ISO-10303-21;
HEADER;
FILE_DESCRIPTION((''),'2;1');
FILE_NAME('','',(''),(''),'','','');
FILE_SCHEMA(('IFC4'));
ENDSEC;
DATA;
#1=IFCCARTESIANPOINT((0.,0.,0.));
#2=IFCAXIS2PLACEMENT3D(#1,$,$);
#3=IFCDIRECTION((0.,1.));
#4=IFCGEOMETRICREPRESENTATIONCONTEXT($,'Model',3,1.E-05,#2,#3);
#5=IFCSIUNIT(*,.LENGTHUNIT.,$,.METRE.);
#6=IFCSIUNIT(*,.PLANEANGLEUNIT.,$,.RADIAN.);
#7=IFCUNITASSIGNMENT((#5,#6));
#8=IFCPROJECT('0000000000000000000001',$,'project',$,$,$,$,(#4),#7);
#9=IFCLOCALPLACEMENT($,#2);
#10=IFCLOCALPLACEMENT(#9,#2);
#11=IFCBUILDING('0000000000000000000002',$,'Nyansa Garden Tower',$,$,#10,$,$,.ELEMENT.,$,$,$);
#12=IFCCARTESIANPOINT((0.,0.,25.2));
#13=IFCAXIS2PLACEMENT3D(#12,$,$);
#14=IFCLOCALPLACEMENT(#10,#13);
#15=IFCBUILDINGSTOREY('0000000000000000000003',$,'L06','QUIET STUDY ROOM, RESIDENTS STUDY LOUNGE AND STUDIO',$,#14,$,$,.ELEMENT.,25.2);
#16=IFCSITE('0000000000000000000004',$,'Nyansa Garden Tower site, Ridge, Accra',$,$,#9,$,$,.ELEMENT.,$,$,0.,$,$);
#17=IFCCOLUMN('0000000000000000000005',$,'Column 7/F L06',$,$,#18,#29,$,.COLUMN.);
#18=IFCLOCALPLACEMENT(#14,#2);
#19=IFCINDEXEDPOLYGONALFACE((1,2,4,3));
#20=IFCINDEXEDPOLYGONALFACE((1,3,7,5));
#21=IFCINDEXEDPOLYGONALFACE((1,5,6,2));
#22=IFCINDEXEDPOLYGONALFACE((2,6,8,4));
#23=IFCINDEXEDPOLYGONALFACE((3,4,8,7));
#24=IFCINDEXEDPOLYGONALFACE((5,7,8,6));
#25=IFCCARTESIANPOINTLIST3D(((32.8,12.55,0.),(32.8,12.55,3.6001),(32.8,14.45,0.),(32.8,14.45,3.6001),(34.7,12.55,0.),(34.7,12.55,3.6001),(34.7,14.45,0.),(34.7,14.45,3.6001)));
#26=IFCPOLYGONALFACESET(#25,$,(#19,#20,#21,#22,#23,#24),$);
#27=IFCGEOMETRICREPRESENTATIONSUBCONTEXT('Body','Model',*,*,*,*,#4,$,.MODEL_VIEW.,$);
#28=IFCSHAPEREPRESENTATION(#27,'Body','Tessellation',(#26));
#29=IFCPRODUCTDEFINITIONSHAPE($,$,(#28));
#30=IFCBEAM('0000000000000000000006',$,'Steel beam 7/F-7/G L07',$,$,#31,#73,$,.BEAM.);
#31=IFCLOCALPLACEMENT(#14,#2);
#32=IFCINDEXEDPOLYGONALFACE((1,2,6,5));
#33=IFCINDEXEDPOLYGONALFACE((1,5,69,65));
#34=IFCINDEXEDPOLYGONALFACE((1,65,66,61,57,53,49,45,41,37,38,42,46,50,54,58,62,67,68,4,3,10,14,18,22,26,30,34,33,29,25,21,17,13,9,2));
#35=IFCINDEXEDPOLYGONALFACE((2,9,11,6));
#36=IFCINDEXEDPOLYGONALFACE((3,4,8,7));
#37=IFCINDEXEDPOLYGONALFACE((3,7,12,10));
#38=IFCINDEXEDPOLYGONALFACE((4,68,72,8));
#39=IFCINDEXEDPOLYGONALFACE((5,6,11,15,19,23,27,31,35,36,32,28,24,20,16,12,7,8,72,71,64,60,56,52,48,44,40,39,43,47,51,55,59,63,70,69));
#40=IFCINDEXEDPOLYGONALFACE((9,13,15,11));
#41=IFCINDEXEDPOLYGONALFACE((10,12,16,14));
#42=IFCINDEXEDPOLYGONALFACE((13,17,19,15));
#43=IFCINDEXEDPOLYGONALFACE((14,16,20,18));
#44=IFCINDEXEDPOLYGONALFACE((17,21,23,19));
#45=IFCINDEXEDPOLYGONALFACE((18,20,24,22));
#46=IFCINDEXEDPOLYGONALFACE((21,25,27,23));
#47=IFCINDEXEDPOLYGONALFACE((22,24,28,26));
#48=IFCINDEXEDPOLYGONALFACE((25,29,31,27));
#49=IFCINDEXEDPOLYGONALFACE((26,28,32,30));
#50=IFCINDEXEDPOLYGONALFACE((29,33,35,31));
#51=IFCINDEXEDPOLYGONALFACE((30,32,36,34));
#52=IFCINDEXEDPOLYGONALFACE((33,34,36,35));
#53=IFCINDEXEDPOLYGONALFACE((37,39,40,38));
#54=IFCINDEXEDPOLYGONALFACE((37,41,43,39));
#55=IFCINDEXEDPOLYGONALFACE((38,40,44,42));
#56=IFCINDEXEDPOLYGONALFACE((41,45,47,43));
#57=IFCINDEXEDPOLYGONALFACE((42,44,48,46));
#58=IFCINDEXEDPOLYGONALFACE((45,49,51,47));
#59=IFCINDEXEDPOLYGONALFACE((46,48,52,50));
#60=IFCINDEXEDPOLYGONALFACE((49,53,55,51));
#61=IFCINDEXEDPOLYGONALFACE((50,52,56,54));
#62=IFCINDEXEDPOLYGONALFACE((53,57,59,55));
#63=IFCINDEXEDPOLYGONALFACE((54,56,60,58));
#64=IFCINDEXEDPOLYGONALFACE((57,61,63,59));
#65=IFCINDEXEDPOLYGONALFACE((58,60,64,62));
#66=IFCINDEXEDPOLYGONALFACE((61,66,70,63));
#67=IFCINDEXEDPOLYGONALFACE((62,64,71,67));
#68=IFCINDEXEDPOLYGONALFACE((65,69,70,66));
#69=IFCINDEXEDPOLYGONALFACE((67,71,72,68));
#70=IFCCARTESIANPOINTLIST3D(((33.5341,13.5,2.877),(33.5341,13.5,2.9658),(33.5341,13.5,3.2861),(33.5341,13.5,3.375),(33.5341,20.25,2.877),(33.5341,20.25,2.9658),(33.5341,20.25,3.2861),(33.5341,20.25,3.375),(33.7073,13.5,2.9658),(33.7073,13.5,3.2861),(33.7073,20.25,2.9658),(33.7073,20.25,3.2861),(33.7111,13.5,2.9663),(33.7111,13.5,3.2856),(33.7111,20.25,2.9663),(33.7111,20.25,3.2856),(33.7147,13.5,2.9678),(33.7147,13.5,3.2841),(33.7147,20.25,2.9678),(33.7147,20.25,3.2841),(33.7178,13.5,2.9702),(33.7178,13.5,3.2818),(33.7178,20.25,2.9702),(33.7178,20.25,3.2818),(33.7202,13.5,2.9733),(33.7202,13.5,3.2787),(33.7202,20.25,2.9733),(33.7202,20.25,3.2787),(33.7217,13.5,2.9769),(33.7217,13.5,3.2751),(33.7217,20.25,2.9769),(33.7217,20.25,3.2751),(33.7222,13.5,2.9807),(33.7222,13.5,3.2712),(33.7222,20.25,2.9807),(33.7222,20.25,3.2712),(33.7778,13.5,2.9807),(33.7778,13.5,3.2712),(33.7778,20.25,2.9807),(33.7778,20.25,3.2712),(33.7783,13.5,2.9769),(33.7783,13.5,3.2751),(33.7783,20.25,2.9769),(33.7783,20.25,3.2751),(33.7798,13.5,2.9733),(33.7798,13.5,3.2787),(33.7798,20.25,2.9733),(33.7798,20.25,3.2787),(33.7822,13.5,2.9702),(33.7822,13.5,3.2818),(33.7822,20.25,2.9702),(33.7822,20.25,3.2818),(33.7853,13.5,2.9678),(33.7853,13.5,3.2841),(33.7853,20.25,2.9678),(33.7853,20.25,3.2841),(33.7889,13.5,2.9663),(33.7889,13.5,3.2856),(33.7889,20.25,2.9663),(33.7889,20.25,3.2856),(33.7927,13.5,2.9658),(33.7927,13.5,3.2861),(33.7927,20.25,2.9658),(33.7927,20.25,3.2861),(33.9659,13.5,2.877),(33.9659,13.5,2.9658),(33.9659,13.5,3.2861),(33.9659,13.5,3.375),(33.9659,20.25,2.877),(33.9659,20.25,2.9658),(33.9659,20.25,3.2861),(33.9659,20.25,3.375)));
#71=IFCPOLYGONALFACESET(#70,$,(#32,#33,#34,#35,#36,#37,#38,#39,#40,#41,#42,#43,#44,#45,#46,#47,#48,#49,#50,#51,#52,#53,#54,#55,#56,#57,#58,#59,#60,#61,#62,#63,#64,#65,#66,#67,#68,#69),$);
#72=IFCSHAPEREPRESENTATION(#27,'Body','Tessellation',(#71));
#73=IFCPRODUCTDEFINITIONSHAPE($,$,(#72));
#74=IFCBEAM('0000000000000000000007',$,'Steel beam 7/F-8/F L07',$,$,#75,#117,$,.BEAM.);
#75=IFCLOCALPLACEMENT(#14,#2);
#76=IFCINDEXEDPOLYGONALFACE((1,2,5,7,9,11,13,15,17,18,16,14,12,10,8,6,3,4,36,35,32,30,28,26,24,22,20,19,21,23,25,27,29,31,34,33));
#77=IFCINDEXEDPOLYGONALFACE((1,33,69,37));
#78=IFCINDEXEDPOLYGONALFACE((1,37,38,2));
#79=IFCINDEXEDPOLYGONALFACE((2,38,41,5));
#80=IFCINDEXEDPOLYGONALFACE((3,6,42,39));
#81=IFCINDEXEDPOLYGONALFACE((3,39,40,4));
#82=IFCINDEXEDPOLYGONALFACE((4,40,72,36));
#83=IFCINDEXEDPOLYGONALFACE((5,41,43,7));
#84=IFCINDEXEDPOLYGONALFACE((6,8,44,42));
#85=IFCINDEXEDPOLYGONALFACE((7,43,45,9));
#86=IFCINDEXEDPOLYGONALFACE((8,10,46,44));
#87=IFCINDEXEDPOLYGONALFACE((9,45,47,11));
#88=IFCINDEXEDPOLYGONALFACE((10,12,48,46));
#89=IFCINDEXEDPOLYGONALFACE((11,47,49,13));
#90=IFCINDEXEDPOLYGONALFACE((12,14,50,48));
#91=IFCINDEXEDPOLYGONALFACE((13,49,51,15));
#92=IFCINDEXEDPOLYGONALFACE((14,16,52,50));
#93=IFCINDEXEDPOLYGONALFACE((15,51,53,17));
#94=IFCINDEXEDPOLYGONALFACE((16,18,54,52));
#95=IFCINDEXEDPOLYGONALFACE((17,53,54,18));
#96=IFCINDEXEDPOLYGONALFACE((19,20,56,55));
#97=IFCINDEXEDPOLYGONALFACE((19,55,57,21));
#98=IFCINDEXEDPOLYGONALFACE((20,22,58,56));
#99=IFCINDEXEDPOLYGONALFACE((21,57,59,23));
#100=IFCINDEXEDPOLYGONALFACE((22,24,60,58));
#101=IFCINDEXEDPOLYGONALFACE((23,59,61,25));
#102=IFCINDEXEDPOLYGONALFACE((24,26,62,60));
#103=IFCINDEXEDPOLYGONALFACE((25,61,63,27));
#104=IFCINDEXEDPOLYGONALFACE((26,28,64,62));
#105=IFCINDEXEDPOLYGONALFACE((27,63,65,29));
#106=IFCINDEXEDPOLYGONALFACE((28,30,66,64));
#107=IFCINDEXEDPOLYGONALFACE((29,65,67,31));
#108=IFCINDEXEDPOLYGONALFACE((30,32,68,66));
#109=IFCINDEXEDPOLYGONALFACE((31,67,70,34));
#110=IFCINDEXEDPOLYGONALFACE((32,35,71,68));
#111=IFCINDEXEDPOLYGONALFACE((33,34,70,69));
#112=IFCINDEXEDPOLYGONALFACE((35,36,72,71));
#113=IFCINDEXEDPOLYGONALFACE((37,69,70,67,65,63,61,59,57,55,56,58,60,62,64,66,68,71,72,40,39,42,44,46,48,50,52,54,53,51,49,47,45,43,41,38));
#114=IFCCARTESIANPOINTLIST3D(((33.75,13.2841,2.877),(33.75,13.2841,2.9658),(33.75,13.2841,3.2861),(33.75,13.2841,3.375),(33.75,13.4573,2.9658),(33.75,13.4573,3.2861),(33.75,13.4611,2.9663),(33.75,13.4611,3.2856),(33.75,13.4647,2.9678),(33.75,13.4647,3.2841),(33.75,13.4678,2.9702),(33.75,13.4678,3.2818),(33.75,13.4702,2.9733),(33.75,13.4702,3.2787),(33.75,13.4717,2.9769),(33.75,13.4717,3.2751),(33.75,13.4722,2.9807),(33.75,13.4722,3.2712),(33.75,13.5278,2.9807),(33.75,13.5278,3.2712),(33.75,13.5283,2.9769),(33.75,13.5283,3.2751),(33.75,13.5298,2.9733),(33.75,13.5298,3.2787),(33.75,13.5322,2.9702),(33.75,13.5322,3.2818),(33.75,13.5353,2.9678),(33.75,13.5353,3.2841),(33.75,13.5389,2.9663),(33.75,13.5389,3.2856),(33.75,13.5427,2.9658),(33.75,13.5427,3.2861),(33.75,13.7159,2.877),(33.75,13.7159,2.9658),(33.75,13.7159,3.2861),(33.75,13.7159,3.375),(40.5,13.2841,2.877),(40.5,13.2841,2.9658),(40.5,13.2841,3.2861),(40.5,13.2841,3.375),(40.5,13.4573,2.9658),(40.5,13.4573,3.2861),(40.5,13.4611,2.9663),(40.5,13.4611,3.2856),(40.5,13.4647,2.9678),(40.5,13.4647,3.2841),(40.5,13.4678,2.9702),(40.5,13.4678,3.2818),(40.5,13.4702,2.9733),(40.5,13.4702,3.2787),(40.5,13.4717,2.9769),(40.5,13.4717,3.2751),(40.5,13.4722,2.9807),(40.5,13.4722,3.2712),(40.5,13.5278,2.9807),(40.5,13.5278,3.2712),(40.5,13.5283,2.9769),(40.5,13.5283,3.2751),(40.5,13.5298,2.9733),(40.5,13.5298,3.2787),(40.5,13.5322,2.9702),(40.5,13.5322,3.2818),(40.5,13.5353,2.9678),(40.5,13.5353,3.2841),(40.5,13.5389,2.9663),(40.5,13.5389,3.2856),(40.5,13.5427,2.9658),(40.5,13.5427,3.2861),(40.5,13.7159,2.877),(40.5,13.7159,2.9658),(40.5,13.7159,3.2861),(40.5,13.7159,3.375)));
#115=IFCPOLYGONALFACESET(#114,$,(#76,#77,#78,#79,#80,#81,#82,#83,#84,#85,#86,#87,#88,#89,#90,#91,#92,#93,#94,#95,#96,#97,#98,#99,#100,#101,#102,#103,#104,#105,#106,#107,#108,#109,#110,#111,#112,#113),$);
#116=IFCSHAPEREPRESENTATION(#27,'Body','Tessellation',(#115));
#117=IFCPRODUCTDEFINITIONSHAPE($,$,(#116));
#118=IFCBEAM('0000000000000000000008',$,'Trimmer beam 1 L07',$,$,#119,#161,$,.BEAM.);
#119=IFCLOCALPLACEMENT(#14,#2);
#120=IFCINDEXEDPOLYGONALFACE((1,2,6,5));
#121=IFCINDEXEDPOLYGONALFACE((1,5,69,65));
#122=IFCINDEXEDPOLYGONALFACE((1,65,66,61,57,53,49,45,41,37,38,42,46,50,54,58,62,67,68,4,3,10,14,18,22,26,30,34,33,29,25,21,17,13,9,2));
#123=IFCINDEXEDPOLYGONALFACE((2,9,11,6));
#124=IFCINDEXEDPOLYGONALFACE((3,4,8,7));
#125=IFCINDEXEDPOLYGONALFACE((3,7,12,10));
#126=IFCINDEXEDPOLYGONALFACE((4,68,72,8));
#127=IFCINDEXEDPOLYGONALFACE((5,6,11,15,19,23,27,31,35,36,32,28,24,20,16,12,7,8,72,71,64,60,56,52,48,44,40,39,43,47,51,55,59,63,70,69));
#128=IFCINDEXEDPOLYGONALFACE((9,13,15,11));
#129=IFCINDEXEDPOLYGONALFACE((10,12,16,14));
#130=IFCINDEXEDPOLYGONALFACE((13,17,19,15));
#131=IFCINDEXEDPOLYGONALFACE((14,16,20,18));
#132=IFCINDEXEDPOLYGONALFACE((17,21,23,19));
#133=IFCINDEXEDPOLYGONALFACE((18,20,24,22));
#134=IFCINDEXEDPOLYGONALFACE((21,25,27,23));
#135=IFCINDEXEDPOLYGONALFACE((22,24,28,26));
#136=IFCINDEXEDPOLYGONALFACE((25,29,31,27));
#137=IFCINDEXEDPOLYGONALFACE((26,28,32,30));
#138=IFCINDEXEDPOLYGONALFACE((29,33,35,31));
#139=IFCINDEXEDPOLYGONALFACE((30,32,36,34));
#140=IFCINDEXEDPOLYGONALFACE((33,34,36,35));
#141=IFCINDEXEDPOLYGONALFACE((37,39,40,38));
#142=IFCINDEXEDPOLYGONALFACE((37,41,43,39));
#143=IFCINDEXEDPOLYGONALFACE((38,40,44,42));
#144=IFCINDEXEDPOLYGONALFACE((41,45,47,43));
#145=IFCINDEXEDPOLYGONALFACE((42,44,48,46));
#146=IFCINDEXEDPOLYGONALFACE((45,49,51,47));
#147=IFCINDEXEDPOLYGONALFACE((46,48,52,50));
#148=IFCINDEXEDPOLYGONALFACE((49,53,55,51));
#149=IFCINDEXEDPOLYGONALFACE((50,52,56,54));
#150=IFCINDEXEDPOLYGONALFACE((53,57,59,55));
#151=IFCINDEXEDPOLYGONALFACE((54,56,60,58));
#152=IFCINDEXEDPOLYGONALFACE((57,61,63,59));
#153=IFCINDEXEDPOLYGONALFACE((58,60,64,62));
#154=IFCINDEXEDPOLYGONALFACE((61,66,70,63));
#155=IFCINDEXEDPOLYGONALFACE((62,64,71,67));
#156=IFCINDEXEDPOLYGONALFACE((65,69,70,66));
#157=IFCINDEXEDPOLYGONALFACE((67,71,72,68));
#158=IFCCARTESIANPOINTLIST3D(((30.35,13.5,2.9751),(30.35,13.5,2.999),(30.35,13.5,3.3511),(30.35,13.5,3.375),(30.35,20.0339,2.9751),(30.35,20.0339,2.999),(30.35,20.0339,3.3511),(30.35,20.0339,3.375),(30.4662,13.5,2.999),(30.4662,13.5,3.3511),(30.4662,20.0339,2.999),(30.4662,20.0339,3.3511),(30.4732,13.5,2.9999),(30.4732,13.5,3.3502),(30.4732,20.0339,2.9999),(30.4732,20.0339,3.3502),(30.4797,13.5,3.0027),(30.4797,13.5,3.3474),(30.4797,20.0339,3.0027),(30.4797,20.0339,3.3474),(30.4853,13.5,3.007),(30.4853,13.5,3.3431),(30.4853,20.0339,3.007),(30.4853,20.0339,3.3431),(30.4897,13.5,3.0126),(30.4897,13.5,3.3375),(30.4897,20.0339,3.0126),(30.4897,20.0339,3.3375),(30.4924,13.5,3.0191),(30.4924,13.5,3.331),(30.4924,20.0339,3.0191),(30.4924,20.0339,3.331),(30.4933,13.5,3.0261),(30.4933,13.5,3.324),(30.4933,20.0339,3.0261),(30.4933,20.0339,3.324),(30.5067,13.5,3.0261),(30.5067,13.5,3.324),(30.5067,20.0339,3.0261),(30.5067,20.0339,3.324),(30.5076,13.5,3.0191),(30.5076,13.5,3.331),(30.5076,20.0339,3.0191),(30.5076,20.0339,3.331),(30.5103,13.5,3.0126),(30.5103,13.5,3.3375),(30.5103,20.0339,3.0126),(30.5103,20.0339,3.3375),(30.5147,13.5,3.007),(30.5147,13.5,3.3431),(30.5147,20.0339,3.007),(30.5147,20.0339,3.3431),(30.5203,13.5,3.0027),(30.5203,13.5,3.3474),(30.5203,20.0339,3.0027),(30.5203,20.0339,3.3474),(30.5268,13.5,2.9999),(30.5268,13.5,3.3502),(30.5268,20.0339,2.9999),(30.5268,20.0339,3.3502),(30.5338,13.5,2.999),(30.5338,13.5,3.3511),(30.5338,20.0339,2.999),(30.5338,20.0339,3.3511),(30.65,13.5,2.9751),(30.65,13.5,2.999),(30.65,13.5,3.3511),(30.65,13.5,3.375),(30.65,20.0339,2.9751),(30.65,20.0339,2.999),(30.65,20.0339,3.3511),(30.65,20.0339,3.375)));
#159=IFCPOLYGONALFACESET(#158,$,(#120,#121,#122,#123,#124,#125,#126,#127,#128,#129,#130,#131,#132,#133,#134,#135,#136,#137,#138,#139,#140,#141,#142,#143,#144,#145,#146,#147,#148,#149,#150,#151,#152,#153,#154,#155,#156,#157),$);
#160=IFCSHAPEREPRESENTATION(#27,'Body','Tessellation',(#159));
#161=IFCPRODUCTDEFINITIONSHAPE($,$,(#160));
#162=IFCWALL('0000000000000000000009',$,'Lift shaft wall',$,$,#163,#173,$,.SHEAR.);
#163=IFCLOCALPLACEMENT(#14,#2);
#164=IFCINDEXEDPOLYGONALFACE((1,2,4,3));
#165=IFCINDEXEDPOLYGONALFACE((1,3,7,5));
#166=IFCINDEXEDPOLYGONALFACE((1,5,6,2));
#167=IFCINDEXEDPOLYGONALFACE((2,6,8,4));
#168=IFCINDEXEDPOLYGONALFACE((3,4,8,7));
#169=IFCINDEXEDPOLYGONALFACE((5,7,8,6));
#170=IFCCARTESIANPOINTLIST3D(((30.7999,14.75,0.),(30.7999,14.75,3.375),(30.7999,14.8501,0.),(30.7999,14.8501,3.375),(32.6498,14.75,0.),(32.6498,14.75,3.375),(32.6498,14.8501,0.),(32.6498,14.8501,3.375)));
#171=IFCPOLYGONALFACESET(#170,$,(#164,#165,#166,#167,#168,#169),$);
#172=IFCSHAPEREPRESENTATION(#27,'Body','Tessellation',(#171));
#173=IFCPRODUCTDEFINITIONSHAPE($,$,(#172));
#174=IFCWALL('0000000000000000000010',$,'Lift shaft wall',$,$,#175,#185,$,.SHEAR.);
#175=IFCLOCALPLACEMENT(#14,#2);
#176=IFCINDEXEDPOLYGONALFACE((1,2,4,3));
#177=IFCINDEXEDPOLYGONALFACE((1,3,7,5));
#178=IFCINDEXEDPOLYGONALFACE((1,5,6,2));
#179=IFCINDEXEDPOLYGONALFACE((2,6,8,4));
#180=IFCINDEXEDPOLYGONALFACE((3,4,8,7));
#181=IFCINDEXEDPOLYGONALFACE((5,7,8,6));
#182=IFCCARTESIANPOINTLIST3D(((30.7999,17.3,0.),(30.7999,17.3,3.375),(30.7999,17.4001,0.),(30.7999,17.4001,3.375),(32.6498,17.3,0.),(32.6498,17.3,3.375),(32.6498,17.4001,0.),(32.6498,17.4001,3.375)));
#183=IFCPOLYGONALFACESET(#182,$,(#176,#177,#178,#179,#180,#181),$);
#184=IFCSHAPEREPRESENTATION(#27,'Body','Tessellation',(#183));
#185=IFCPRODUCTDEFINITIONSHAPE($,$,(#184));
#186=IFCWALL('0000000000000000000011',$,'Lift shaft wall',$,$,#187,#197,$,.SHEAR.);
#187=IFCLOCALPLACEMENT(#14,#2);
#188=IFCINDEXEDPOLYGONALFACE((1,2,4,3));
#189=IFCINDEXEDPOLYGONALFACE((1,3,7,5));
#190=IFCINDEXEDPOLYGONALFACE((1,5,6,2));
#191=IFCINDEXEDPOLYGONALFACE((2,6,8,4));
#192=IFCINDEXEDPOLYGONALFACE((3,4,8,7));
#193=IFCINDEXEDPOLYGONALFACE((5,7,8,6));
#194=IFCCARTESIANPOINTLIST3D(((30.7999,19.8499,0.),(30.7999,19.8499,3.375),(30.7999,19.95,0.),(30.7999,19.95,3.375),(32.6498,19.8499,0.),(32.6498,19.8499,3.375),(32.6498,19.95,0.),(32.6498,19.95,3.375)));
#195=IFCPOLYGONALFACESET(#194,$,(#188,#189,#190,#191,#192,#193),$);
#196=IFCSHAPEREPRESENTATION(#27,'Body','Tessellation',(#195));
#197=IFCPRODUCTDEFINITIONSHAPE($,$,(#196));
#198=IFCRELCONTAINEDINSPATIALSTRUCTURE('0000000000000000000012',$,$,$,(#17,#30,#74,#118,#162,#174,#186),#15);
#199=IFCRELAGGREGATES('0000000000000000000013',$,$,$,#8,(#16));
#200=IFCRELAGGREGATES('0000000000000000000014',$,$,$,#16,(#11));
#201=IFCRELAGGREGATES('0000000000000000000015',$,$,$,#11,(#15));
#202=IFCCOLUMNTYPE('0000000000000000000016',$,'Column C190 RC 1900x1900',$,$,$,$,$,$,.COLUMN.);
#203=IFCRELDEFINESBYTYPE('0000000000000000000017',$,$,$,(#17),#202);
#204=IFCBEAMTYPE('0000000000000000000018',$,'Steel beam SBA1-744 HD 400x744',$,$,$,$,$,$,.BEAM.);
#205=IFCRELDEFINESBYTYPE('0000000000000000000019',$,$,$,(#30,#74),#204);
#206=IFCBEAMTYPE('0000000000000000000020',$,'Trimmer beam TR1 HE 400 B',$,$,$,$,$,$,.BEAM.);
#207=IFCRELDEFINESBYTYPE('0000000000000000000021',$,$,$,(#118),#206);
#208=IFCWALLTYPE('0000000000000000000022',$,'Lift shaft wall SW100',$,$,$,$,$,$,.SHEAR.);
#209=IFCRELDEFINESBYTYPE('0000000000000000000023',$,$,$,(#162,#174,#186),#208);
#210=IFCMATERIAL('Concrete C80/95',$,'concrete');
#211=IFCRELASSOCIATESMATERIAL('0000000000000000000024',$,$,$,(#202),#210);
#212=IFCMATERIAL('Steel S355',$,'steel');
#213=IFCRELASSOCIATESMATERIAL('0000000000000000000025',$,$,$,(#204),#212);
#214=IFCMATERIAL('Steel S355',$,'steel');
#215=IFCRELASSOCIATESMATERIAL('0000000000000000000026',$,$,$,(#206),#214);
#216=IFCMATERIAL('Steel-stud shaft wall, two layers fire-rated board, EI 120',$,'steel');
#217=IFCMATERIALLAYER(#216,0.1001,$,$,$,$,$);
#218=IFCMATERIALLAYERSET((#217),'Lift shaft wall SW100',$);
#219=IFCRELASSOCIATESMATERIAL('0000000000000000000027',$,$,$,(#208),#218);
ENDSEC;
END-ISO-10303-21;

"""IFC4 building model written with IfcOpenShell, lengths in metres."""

from ifc_helpers import new_model, si_unit, direction, frame, frame_2d, origin, origin_2d, place, context, subcontext, project, spatial, rectangle, i_section, extrude, material, layer, layer_set, material_profile, profile_set, type_object, element, save


model = new_model("IFC4")

# Units and contexts
model_context = context("Model", 3, precision=1e-05, world=origin(), true_north=direction((0.0, 1.0)))
body_context = subcontext(model_context, "Body", "Model", "MODEL_VIEW")
ifc_project = project(units=[si_unit("LENGTHUNIT", "METRE"), si_unit("PLANEANGLEUNIT", "RADIAN")], contexts=[model_context])

# Site, building, storey
site_placement = place(None, origin())
site = spatial("IfcSite", under=ifc_project, at=site_placement, Name="Nyansa Garden Tower site, Ridge, Accra", CompositionType="ELEMENT", RefElevation=0.0)
building_placement = place(site_placement, origin())
building = spatial("IfcBuilding", under=site, at=building_placement, Name="Nyansa Garden Tower", CompositionType="ELEMENT")
storey_placement = place(building_placement, frame((0.0, 0.0, 25.2)))
storey = spatial("IfcBuildingStorey", under=building, at=storey_placement, Name="L06", Description="QUIET STUDY ROOM, RESIDENTS STUDY LOUNGE AND STUDIO", CompositionType="ELEMENT", Elevation=25.2)

# Column
ifc_material_1 = material(Name="Concrete C80/95", Category="concrete")
ifc_material_profile_1 = material_profile(ifc_material_1, rectangle(XDim=1.8999, YDim=1.8999, at=origin_2d()), Name="RC 1900x1900")
ifc_profile_set_1 = profile_set([ifc_material_profile_1], Name="Concrete C80/95")
column_type = type_object("IfcColumnType", Name="Column C190 RC 1900x1900", PredefinedType="COLUMN", material=ifc_profile_set_1)
column_placement = place(storey_placement, frame((33.75, 13.5, 0.0), z_axis=(0.0, 0.0, 1.0), x_axis=(1.0, 0.0, 0.0)))
element("IfcColumn", 1, at=column_placement, inside=storey, type_object=column_type, Name="Column 7/F L06", PredefinedType="COLUMN", context=body_context, shape_type="SweptSolid", body=[
    extrude(rectangle(XDim=1.8999, YDim=1.8999, at=origin_2d()), origin(), (0.0, 0.0, 1.0), 3.6001),
])

# Beams
ifc_material_2 = material(Name="Steel S355", Category="steel")
ifc_material_profile_2 = material_profile(ifc_material_2, i_section(OverallWidth=0.4319, OverallDepth=0.498, WebThickness=0.0557, FlangeThickness=0.0889, FilletRadius=0.0149, at=origin_2d()), Name="HD 400x744")
ifc_profile_set_2 = profile_set([ifc_material_profile_2], Name="Steel S355")
beam_type_1 = type_object("IfcBeamType", Name="Steel beam SBA1-744 HD 400x744", PredefinedType="BEAM", material=ifc_profile_set_2)
for number, where, z_axis, x_axis, name in (
    (2, (33.75, 13.5, 3.126), (0.0, 1.0, 0.0), (-1.0, 0.0, 0.0), "Steel beam 7/F-7/G L07"),
    (3, (33.75, 13.5, 3.126), (1.0, 0.0, 0.0), (0.0, 1.0, 0.0), "Steel beam 7/F-8/F L07"),
):
    element("IfcBeam", number, at=place(storey_placement, frame(where, z_axis=z_axis, x_axis=x_axis)), inside=storey, type_object=beam_type_1, Name=name, PredefinedType="BEAM", context=body_context, shape_type="SweptSolid", body=[
        extrude(i_section(OverallWidth=0.4319, OverallDepth=0.498, WebThickness=0.0557, FlangeThickness=0.0889, FilletRadius=0.0149, at=origin_2d()), origin(), (0.0, 0.0, 1.0), 6.75),
    ])
ifc_material_3 = material(Name="Steel S355", Category="steel")
ifc_material_profile_3 = material_profile(ifc_material_3, i_section(OverallWidth=0.3, OverallDepth=0.3999, WebThickness=0.0134, FlangeThickness=0.0239, FilletRadius=0.0271, at=origin_2d()), Name="HE 400 B")
ifc_profile_set_3 = profile_set([ifc_material_profile_3], Name="Steel S355")
beam_type_2 = type_object("IfcBeamType", Name="Trimmer beam TR1 HE 400 B", PredefinedType="BEAM", material=ifc_profile_set_3)
beam_placement = place(storey_placement, frame((30.5, 13.5, 3.175), z_axis=(0.0, 1.0, 0.0), x_axis=(-1.0, 0.0, 0.0)))
element("IfcBeam", 4, at=beam_placement, inside=storey, type_object=beam_type_2, Name="Trimmer beam 1 L07", PredefinedType="BEAM", context=body_context, shape_type="SweptSolid", body=[
    extrude(i_section(OverallWidth=0.3, OverallDepth=0.3999, WebThickness=0.0134, FlangeThickness=0.0239, FilletRadius=0.0271, at=origin_2d()), origin(), (0.0, 0.0, 1.0), 6.5339),
])

# Walls
ifc_material_4 = material(Name="Steel-stud shaft wall, two layers fire-rated board, EI 120", Category="steel")
ifc_layer_1 = layer(ifc_material_4, 0.1001)
ifc_layer_set_1 = layer_set([ifc_layer_1], Name="Lift shaft wall SW100")
wall_type_1 = type_object("IfcWallType", Name="Lift shaft wall SW100", PredefinedType="SHEAR", material=ifc_layer_set_1)
for number, where, z_axis, x_axis, name in (
    (5, (30.8, 14.8, 0.0), (0.0, 0.0, 1.0), (1.0, 0.0, 0.0), "Lift shaft wall"),
    (6, (30.8, 17.3501, 0.0), (0.0, 0.0, 1.0), (1.0, 0.0, 0.0), "Lift shaft wall"),
    (7, (30.8, 19.8999, 0.0), (0.0, 0.0, 1.0), (1.0, 0.0, 0.0), "Lift shaft wall"),
):
    element("IfcWall", number, at=place(storey_placement, frame(where, z_axis=z_axis, x_axis=x_axis)), inside=storey, type_object=wall_type_1, Name=name, PredefinedType="SHEAR", context=body_context, shape_type="SweptSolid", body=[
        extrude(rectangle(XDim=1.8499, YDim=0.1001, at=frame_2d((0.9248, 0.0))), origin(), (0.0, 0.0, 1.0), 3.375),
    ])

save(model, "model.ifc")
